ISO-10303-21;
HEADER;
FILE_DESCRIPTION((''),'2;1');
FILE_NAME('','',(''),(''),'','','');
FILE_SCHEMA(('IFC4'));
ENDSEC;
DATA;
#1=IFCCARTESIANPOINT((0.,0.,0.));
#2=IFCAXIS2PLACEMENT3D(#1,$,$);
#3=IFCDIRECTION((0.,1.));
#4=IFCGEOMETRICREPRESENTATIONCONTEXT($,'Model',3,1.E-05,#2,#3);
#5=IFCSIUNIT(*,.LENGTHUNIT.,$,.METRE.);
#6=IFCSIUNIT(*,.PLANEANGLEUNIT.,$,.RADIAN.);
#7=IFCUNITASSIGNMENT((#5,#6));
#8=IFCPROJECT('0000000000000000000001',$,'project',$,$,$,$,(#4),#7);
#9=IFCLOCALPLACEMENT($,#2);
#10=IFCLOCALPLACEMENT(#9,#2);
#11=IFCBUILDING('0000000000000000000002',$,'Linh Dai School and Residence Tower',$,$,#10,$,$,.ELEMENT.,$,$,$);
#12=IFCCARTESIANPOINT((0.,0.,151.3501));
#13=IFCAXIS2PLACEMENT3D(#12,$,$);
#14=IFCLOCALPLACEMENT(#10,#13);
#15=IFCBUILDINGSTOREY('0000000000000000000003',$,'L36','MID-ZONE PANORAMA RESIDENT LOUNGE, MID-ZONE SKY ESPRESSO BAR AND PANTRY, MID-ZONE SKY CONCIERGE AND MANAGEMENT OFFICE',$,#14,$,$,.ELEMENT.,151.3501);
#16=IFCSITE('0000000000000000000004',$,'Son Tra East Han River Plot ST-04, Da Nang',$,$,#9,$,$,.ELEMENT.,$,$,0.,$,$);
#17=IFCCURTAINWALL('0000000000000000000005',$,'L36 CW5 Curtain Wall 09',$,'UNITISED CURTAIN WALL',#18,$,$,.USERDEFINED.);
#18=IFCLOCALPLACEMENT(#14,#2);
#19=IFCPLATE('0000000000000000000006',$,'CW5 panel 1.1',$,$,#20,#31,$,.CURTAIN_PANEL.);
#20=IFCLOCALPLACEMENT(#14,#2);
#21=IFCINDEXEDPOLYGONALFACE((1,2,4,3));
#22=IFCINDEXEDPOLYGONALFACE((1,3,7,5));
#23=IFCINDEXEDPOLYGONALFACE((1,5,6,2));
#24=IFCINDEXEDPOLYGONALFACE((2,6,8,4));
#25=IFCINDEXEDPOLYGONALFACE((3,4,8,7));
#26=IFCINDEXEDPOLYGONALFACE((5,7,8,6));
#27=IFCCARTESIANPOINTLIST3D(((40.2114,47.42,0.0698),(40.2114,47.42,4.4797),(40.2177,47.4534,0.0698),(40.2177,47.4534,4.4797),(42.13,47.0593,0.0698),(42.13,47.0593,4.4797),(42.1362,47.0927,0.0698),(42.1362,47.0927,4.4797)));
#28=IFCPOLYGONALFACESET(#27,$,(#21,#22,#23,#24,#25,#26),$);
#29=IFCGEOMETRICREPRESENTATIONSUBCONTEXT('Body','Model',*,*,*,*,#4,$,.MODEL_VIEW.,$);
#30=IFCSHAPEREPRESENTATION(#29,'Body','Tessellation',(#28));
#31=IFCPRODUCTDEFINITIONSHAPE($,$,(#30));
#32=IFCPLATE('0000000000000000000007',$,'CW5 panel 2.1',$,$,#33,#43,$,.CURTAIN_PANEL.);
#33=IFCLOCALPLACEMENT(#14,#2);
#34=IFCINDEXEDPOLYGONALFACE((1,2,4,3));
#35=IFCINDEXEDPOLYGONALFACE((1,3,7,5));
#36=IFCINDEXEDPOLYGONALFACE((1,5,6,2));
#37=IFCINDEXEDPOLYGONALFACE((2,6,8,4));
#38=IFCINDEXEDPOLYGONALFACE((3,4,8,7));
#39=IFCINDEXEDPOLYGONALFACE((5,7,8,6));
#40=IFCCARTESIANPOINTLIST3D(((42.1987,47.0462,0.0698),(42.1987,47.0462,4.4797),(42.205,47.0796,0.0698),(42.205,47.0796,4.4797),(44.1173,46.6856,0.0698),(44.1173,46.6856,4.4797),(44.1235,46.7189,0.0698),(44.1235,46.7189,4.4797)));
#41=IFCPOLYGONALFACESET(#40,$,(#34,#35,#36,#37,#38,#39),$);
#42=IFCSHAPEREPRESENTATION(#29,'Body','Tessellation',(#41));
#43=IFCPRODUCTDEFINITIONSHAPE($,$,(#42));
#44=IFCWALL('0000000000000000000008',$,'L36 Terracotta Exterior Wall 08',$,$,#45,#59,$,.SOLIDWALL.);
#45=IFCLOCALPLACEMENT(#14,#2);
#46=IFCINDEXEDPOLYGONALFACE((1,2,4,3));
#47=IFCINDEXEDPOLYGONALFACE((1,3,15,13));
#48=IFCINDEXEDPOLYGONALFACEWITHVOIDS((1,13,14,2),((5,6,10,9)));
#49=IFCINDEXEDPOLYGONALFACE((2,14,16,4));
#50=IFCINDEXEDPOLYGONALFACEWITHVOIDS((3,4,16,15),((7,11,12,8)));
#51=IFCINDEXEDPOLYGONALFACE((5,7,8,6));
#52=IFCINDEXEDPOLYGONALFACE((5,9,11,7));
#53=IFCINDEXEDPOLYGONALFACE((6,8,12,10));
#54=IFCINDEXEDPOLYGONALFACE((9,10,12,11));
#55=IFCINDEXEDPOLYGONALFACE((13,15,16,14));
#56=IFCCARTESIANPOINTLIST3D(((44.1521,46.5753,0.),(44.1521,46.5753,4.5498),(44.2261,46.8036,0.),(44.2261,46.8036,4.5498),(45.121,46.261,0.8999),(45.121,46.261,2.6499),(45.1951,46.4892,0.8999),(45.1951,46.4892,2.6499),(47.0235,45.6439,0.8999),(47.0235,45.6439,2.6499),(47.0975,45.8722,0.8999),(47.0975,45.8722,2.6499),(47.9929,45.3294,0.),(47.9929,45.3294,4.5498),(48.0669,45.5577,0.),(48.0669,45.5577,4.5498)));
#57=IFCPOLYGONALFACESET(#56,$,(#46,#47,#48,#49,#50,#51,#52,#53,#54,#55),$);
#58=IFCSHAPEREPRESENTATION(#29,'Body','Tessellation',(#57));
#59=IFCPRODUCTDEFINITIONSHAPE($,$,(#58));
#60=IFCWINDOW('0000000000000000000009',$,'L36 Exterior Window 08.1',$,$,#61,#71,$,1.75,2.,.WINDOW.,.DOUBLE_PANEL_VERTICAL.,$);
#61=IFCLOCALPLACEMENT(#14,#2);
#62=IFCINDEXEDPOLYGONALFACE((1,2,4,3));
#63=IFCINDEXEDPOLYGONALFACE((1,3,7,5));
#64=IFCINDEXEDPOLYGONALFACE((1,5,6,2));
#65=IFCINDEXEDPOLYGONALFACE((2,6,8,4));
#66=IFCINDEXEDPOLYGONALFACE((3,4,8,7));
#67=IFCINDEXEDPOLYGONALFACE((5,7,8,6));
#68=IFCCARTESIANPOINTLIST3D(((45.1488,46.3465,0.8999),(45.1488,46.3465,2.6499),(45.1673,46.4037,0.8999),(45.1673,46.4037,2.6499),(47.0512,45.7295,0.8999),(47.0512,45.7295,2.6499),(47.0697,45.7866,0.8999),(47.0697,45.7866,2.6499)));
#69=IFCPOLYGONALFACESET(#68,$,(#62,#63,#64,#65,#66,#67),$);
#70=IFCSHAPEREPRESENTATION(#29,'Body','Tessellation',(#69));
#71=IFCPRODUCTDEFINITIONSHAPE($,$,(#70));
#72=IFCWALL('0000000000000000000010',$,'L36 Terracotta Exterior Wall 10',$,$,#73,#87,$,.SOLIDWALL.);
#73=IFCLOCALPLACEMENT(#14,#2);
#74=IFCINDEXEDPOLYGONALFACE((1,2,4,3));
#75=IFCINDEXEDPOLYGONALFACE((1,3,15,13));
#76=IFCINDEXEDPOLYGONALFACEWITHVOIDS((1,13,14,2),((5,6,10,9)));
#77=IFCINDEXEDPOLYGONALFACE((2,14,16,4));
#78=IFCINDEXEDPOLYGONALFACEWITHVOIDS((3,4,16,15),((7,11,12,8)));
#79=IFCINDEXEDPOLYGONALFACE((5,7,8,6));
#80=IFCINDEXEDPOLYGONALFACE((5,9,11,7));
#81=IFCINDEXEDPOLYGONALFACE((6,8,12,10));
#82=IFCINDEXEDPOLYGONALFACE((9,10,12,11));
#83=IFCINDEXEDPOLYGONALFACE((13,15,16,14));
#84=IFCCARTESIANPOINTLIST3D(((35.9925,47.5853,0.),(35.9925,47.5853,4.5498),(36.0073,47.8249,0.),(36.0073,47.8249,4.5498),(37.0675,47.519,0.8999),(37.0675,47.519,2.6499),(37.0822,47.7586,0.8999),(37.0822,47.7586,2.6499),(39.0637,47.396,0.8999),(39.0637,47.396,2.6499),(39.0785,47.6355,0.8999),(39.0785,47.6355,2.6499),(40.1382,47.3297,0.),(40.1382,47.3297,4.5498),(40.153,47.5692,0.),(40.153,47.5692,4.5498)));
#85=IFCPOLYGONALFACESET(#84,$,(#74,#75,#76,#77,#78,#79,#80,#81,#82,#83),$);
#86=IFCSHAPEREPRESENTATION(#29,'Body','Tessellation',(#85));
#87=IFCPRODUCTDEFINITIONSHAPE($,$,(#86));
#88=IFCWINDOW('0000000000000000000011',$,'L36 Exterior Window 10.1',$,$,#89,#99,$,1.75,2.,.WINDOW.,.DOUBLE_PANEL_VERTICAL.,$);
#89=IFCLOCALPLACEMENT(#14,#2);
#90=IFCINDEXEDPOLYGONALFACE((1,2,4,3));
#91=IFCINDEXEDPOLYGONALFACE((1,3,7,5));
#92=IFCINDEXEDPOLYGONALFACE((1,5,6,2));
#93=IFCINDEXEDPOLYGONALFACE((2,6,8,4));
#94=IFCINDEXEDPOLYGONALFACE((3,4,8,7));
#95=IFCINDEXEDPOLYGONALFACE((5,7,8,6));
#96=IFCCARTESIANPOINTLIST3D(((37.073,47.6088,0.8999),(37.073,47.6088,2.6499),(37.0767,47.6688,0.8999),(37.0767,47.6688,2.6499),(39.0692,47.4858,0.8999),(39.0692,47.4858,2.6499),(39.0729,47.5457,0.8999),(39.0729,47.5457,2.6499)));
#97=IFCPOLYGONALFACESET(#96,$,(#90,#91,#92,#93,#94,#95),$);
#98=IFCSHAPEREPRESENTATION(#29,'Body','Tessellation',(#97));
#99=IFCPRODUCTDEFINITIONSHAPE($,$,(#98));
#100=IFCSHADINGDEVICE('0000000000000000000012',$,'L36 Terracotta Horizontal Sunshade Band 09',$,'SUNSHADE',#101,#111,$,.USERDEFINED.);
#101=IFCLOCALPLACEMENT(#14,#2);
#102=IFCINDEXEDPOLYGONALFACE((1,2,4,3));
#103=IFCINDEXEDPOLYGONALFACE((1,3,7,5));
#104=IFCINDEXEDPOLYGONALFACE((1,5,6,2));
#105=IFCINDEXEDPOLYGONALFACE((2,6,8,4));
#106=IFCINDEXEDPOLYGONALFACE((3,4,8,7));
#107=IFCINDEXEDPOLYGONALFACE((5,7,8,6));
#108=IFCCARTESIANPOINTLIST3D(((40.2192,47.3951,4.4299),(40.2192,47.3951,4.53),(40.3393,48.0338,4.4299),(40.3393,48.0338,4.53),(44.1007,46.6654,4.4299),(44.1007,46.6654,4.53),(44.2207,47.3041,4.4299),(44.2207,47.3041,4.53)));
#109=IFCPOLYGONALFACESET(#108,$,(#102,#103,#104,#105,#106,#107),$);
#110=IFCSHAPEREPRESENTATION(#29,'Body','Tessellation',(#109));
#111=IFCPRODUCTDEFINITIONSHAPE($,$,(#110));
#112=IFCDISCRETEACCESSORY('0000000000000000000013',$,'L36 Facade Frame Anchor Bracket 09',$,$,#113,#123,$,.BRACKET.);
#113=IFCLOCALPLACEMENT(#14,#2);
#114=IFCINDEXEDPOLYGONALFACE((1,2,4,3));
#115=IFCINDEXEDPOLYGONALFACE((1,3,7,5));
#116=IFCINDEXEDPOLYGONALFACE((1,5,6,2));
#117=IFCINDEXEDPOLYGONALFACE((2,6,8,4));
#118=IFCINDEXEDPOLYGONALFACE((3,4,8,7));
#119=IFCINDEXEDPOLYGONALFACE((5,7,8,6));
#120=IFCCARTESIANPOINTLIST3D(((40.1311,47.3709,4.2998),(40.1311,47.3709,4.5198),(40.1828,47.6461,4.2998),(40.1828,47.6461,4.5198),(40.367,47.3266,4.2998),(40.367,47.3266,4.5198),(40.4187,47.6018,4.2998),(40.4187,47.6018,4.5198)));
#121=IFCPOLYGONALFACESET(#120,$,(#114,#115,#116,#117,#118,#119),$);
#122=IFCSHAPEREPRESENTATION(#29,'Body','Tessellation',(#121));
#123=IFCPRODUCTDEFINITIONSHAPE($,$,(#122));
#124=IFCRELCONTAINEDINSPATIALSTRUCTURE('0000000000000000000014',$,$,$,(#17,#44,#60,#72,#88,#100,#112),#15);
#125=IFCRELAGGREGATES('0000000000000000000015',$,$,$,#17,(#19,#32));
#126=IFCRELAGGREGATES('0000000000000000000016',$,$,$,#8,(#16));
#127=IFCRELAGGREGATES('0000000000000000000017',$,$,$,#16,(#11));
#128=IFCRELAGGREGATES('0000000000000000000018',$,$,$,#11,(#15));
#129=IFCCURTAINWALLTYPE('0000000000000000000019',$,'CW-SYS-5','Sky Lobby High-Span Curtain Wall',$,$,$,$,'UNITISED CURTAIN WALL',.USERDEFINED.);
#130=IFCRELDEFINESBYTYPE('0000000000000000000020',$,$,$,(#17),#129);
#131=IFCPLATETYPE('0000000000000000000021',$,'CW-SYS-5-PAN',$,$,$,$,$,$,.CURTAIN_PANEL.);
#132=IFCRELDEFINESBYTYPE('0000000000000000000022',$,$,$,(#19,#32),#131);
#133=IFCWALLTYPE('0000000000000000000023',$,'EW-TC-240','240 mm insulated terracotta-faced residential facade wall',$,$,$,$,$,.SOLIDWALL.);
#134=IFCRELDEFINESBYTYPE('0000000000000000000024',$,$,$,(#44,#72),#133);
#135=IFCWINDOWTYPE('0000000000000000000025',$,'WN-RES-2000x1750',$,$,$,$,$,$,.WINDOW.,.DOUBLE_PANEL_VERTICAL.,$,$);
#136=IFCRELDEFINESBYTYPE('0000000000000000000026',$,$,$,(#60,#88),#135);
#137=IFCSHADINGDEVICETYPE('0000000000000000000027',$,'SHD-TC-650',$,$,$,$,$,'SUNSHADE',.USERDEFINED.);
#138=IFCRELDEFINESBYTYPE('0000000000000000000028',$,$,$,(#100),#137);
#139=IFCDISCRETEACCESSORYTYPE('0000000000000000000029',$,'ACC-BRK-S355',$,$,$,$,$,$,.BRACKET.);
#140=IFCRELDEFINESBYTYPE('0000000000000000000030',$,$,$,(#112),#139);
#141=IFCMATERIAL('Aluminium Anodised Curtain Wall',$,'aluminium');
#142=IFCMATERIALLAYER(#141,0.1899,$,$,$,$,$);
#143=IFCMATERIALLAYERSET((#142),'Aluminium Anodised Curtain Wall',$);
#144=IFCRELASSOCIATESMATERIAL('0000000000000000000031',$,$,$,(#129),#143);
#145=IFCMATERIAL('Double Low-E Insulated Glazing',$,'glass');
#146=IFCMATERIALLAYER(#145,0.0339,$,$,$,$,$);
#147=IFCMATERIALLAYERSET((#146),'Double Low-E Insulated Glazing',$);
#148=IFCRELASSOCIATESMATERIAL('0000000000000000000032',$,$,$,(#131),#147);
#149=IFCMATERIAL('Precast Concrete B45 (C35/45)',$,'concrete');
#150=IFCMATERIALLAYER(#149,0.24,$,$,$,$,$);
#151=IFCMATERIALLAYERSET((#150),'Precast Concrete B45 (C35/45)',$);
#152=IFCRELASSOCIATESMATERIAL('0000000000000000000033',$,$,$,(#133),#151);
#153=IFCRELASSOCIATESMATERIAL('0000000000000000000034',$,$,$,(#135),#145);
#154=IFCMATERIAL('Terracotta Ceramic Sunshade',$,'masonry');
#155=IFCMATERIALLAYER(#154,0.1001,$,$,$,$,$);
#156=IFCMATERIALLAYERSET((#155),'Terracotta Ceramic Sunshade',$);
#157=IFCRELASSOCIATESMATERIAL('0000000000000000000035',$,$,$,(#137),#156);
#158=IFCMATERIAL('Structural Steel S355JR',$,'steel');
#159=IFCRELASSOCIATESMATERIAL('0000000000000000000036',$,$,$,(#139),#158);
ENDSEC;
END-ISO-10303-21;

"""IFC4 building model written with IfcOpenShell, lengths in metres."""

from ifc_helpers import new_model, si_unit, direction, frame, frame_2d, origin, origin_2d, place, context, subcontext, project, spatial, rectangle, extrude, source, transform, mapped, material, layer, layer_set, type_object, element, fill, aggregate, save


model = new_model("IFC4")

# Units and contexts
model_context = context("Model", 3, precision=1e-05, world=origin(), true_north=direction((0.0, 1.0)))
body_context = subcontext(model_context, "Body", "Model", "MODEL_VIEW")
ifc_project = project(units=[si_unit("LENGTHUNIT", "METRE"), si_unit("PLANEANGLEUNIT", "RADIAN")], contexts=[model_context])

# Site, building, storey
site_placement = place(None, origin())
site = spatial("IfcSite", under=ifc_project, at=site_placement, Name="Son Tra East Han River Plot ST-04, Da Nang", CompositionType="ELEMENT", RefElevation=0.0)
building_placement = place(site_placement, origin())
building = spatial("IfcBuilding", under=site, at=building_placement, Name="Linh Dai School and Residence Tower", CompositionType="ELEMENT")
storey_placement = place(building_placement, frame((0.0, 0.0, 151.3501)))
storey = spatial("IfcBuildingStorey", under=building, at=storey_placement, Name="L36", Description="MID-ZONE PANORAMA RESIDENT LOUNGE, MID-ZONE SKY ESPRESSO BAR AND PANTRY, MID-ZONE SKY CONCIERGE AND MANAGEMENT OFFICE", CompositionType="ELEMENT", Elevation=151.3501)

# Shared definitions
ifc_material_1 = material(Name="Structural Steel S355JR", Category="steel")

# Curtain wall
ifc_material_2 = material(Name="Aluminium Anodised Curtain Wall", Category="aluminium")
ifc_layer_1 = layer(ifc_material_2, 0.1899)
ifc_layer_set_1 = layer_set([ifc_layer_1], Name="Aluminium Anodised Curtain Wall")
curtain_wall_type = type_object("IfcCurtainWallType", Name="CW-SYS-5", Description="Sky Lobby High-Span Curtain Wall", ElementType="UNITISED CURTAIN WALL", PredefinedType="USERDEFINED", material=ifc_layer_set_1)
curtain_wall_placement = place(storey_placement, origin())
curtain_wall = element("IfcCurtainWall", 1, at=curtain_wall_placement, inside=storey, type_object=curtain_wall_type, Name="L36 CW5 Curtain Wall 09", ObjectType="UNITISED CURTAIN WALL", PredefinedType="USERDEFINED")

# Shared definitions
ifc_material_3 = material(Name="Precast Concrete B45 (C35/45)", Category="concrete")

# Plates
ifc_material_4 = material(Name="Double Low-E Insulated Glazing", Category="glass")
ifc_layer_2 = layer(ifc_material_4, 0.0339)
ifc_layer_set_2 = layer_set([ifc_layer_2], Name="Double Low-E Insulated Glazing")
plate_type_1 = type_object("IfcPlateType", Name="CW-SYS-5-PAN", PredefinedType="CURTAIN_PANEL", material=ifc_layer_set_2)
shared_shape_1 = source(origin(), body_context, "Body", "SweptSolid", [
    extrude(rectangle(XDim=1.9521, YDim=0.0339, at=origin_2d()), origin(), (0.0, 0.0, 1.0), 4.4099),
])
plate_1_placement = place(storey_placement, frame((41.1738, 47.2563, 0.0698), z_axis=(0.0, 0.0, 1.0), x_axis=(0.982783, -0.184763, 0.0)))
plate_1 = element("IfcPlate", 2, at=plate_1_placement, type_object=plate_type_1, Name="CW5 panel 1.1", PredefinedType="CURTAIN_PANEL", context=body_context, shape_type="MappedRepresentation", body=[
    mapped(shared_shape_1, transform((0.0, 0.0, 0.0), x_axis=(1.0, 0.0, 0.0), y_axis=(0.0, 1.0, 0.0), z_axis=(0.0, 0.0, 1.0), scale=1.0)),
])
plate_2_placement = place(storey_placement, frame((43.1611, 46.8826, 0.0698), z_axis=(0.0, 0.0, 1.0), x_axis=(0.982783, -0.184763, 0.0)))
plate_2 = element("IfcPlate", 3, at=plate_2_placement, type_object=plate_type_1, Name="CW5 panel 2.1", PredefinedType="CURTAIN_PANEL", context=body_context, shape_type="MappedRepresentation", body=[
    mapped(shared_shape_1, transform((0.0, 0.0, 0.0), x_axis=(1.0, 0.0, 0.0), y_axis=(0.0, 1.0, 0.0), z_axis=(0.0, 0.0, 1.0), scale=1.0)),
])
aggregate(curtain_wall, [plate_1, plate_2])

# Walls, openings, windows
ifc_layer_3 = layer(ifc_material_3, 0.24)
ifc_layer_set_3 = layer_set([ifc_layer_3], Name="Precast Concrete B45 (C35/45)")
wall_type = type_object("IfcWallType", Name="EW-TC-240", Description="240 mm insulated terracotta-faced residential facade wall", PredefinedType="SOLIDWALL", material=ifc_layer_set_3)
wall_1_placement = place(storey_placement, frame((44.189, 46.6895, 0.0), z_axis=(0.0, 0.0, 1.0), x_axis=(0.95121, -0.308545, 0.0)))
wall_1 = element("IfcWall", 4, at=wall_1_placement, inside=storey, type_object=wall_type, Name="L36 Terracotta Exterior Wall 08", PredefinedType="SOLIDWALL", context=body_context, shape_type="SweptSolid", body=[
    extrude(rectangle(XDim=4.0378, YDim=0.24, at=frame_2d((2.019, 0.0))), origin(), (0.0, 0.0, 1.0), 4.5498),
])
opening_1_placement = place(wall_1_placement, frame((1.0188, 0.0, 0.8999)))
opening_1 = element("IfcOpeningElement", 5, at=opening_1_placement, cuts=wall_1, PredefinedType="OPENING", context=body_context, shape_type="SweptSolid", body=[
    extrude(rectangle(XDim=2.0, YDim=1.75, at=origin_2d()), frame((1.0, 0.1299, 0.875), z_axis=(0.0, -1.0, 0.0), x_axis=(1.0, 0.0, 0.0)), (0.0, 0.0, 1.0), 0.26),
])
window_type = type_object("IfcWindowType", Name="WN-RES-2000x1750", PartitioningType="DOUBLE_PANEL_VERTICAL", PredefinedType="WINDOW", material=ifc_material_4)
shared_shape_2 = source(origin(), body_context, "Body", "SweptSolid", [
    extrude(rectangle(XDim=2.0, YDim=1.75, at=origin_2d()), frame((1.0, 0.03, 0.875), z_axis=(0.0, -1.0, 0.0), x_axis=(1.0, 0.0, 0.0)), (0.0, 0.0, 1.0), 0.0601),
])
window_1_placement = place(opening_1_placement, origin())
window_1 = element("IfcWindow", 6, at=window_1_placement, inside=storey, type_object=window_type, Name="L36 Exterior Window 08.1", OverallHeight=1.75, OverallWidth=2.0, PartitioningType="DOUBLE_PANEL_VERTICAL", PredefinedType="WINDOW", context=body_context, shape_type="MappedRepresentation", body=[
    mapped(shared_shape_2, transform((0.0, 0.0, 0.0), x_axis=(1.0, 0.0, 0.0), y_axis=(0.0, 1.0, 0.0), z_axis=(0.0, 0.0, 1.0), scale=1.0)),
])
fill(opening_1, window_1)
wall_2_placement = place(storey_placement, frame((36.0, 47.7051, 0.0), z_axis=(0.0, 0.0, 1.0), x_axis=(0.998105, -0.06154, 0.0)))
wall_2 = element("IfcWall", 7, at=wall_2_placement, inside=storey, type_object=wall_type, Name="L36 Terracotta Exterior Wall 10", PredefinedType="SOLIDWALL", context=body_context, shape_type="SweptSolid", body=[
    extrude(rectangle(XDim=4.1536, YDim=0.24, at=frame_2d((2.0767, 0.0))), origin(), (0.0, 0.0, 1.0), 4.5498),
])
opening_2_placement = place(wall_2_placement, frame((1.0769, 0.0, 0.8999)))
opening_2 = element("IfcOpeningElement", 8, at=opening_2_placement, cuts=wall_2, PredefinedType="OPENING", context=body_context, shape_type="SweptSolid", body=[
    extrude(rectangle(XDim=2.0, YDim=1.75, at=origin_2d()), frame((1.0, 0.1299, 0.875), z_axis=(0.0, -1.0, 0.0), x_axis=(1.0, 0.0, 0.0)), (0.0, 0.0, 1.0), 0.26),
])
window_2_placement = place(opening_2_placement, origin())
window_2 = element("IfcWindow", 9, at=window_2_placement, inside=storey, type_object=window_type, Name="L36 Exterior Window 10.1", OverallHeight=1.75, OverallWidth=2.0, PartitioningType="DOUBLE_PANEL_VERTICAL", PredefinedType="WINDOW", context=body_context, shape_type="MappedRepresentation", body=[
    mapped(shared_shape_2, transform((0.0, 0.0, 0.0), x_axis=(1.0, 0.0, 0.0), y_axis=(0.0, 1.0, 0.0), z_axis=(0.0, 0.0, 1.0), scale=1.0)),
])
fill(opening_2, window_2)

# Shading device
ifc_material_5 = material(Name="Terracotta Ceramic Sunshade", Category="masonry")
ifc_layer_4 = layer(ifc_material_5, 0.1001)
ifc_layer_set_4 = layer_set([ifc_layer_4], Name="Terracotta Ceramic Sunshade")
shading_device_type = type_object("IfcShadingDeviceType", Name="SHD-TC-650", ElementType="SUNSHADE", PredefinedType="USERDEFINED", material=ifc_layer_set_4)
shared_shape_3 = source(origin(), body_context, "Body", "SweptSolid", [
    extrude(rectangle(XDim=3.9495, YDim=0.6499, at=origin_2d()), origin(), (0.0, 0.0, 1.0), 0.1001),
])
shading_device_placement = place(storey_placement, frame((42.22, 47.3496, 4.4299), z_axis=(0.0, 0.0, 1.0), x_axis=(0.982783, -0.184763, 0.0)))
element("IfcShadingDevice", 10, at=shading_device_placement, inside=storey, type_object=shading_device_type, Name="L36 Terracotta Horizontal Sunshade Band 09", ObjectType="SUNSHADE", PredefinedType="USERDEFINED", context=body_context, shape_type="MappedRepresentation", body=[
    mapped(shared_shape_3, transform((0.0, 0.0, 0.0), x_axis=(1.0, 0.0, 0.0), y_axis=(0.0, 1.0, 0.0), z_axis=(0.0, 0.0, 1.0), scale=1.0)),
])

# Discrete accessory
discrete_accessory_type = type_object("IfcDiscreteAccessoryType", Name="ACC-BRK-S355", PredefinedType="BRACKET", material=ifc_material_1)
shared_shape_4 = source(origin(), body_context, "Body", "SweptSolid", [
    extrude(rectangle(XDim=0.28, YDim=0.24, at=origin_2d()), origin(), (0.0, 0.0, 1.0), 0.22),
])
discrete_accessory_placement = place(storey_placement, frame((40.2749, 47.4863, 4.2998), z_axis=(0.0, 0.0, 1.0), x_axis=(0.184763, 0.982783, 0.0)))
element("IfcDiscreteAccessory", 11, at=discrete_accessory_placement, inside=storey, type_object=discrete_accessory_type, Name="L36 Facade Frame Anchor Bracket 09", PredefinedType="BRACKET", context=body_context, shape_type="MappedRepresentation", body=[
    mapped(shared_shape_4, transform((0.0, 0.0, 0.0), x_axis=(1.0, 0.0, 0.0), y_axis=(0.0, 1.0, 0.0), z_axis=(0.0, 0.0, 1.0), scale=1.0)),
])

save(model, "model.ifc")
